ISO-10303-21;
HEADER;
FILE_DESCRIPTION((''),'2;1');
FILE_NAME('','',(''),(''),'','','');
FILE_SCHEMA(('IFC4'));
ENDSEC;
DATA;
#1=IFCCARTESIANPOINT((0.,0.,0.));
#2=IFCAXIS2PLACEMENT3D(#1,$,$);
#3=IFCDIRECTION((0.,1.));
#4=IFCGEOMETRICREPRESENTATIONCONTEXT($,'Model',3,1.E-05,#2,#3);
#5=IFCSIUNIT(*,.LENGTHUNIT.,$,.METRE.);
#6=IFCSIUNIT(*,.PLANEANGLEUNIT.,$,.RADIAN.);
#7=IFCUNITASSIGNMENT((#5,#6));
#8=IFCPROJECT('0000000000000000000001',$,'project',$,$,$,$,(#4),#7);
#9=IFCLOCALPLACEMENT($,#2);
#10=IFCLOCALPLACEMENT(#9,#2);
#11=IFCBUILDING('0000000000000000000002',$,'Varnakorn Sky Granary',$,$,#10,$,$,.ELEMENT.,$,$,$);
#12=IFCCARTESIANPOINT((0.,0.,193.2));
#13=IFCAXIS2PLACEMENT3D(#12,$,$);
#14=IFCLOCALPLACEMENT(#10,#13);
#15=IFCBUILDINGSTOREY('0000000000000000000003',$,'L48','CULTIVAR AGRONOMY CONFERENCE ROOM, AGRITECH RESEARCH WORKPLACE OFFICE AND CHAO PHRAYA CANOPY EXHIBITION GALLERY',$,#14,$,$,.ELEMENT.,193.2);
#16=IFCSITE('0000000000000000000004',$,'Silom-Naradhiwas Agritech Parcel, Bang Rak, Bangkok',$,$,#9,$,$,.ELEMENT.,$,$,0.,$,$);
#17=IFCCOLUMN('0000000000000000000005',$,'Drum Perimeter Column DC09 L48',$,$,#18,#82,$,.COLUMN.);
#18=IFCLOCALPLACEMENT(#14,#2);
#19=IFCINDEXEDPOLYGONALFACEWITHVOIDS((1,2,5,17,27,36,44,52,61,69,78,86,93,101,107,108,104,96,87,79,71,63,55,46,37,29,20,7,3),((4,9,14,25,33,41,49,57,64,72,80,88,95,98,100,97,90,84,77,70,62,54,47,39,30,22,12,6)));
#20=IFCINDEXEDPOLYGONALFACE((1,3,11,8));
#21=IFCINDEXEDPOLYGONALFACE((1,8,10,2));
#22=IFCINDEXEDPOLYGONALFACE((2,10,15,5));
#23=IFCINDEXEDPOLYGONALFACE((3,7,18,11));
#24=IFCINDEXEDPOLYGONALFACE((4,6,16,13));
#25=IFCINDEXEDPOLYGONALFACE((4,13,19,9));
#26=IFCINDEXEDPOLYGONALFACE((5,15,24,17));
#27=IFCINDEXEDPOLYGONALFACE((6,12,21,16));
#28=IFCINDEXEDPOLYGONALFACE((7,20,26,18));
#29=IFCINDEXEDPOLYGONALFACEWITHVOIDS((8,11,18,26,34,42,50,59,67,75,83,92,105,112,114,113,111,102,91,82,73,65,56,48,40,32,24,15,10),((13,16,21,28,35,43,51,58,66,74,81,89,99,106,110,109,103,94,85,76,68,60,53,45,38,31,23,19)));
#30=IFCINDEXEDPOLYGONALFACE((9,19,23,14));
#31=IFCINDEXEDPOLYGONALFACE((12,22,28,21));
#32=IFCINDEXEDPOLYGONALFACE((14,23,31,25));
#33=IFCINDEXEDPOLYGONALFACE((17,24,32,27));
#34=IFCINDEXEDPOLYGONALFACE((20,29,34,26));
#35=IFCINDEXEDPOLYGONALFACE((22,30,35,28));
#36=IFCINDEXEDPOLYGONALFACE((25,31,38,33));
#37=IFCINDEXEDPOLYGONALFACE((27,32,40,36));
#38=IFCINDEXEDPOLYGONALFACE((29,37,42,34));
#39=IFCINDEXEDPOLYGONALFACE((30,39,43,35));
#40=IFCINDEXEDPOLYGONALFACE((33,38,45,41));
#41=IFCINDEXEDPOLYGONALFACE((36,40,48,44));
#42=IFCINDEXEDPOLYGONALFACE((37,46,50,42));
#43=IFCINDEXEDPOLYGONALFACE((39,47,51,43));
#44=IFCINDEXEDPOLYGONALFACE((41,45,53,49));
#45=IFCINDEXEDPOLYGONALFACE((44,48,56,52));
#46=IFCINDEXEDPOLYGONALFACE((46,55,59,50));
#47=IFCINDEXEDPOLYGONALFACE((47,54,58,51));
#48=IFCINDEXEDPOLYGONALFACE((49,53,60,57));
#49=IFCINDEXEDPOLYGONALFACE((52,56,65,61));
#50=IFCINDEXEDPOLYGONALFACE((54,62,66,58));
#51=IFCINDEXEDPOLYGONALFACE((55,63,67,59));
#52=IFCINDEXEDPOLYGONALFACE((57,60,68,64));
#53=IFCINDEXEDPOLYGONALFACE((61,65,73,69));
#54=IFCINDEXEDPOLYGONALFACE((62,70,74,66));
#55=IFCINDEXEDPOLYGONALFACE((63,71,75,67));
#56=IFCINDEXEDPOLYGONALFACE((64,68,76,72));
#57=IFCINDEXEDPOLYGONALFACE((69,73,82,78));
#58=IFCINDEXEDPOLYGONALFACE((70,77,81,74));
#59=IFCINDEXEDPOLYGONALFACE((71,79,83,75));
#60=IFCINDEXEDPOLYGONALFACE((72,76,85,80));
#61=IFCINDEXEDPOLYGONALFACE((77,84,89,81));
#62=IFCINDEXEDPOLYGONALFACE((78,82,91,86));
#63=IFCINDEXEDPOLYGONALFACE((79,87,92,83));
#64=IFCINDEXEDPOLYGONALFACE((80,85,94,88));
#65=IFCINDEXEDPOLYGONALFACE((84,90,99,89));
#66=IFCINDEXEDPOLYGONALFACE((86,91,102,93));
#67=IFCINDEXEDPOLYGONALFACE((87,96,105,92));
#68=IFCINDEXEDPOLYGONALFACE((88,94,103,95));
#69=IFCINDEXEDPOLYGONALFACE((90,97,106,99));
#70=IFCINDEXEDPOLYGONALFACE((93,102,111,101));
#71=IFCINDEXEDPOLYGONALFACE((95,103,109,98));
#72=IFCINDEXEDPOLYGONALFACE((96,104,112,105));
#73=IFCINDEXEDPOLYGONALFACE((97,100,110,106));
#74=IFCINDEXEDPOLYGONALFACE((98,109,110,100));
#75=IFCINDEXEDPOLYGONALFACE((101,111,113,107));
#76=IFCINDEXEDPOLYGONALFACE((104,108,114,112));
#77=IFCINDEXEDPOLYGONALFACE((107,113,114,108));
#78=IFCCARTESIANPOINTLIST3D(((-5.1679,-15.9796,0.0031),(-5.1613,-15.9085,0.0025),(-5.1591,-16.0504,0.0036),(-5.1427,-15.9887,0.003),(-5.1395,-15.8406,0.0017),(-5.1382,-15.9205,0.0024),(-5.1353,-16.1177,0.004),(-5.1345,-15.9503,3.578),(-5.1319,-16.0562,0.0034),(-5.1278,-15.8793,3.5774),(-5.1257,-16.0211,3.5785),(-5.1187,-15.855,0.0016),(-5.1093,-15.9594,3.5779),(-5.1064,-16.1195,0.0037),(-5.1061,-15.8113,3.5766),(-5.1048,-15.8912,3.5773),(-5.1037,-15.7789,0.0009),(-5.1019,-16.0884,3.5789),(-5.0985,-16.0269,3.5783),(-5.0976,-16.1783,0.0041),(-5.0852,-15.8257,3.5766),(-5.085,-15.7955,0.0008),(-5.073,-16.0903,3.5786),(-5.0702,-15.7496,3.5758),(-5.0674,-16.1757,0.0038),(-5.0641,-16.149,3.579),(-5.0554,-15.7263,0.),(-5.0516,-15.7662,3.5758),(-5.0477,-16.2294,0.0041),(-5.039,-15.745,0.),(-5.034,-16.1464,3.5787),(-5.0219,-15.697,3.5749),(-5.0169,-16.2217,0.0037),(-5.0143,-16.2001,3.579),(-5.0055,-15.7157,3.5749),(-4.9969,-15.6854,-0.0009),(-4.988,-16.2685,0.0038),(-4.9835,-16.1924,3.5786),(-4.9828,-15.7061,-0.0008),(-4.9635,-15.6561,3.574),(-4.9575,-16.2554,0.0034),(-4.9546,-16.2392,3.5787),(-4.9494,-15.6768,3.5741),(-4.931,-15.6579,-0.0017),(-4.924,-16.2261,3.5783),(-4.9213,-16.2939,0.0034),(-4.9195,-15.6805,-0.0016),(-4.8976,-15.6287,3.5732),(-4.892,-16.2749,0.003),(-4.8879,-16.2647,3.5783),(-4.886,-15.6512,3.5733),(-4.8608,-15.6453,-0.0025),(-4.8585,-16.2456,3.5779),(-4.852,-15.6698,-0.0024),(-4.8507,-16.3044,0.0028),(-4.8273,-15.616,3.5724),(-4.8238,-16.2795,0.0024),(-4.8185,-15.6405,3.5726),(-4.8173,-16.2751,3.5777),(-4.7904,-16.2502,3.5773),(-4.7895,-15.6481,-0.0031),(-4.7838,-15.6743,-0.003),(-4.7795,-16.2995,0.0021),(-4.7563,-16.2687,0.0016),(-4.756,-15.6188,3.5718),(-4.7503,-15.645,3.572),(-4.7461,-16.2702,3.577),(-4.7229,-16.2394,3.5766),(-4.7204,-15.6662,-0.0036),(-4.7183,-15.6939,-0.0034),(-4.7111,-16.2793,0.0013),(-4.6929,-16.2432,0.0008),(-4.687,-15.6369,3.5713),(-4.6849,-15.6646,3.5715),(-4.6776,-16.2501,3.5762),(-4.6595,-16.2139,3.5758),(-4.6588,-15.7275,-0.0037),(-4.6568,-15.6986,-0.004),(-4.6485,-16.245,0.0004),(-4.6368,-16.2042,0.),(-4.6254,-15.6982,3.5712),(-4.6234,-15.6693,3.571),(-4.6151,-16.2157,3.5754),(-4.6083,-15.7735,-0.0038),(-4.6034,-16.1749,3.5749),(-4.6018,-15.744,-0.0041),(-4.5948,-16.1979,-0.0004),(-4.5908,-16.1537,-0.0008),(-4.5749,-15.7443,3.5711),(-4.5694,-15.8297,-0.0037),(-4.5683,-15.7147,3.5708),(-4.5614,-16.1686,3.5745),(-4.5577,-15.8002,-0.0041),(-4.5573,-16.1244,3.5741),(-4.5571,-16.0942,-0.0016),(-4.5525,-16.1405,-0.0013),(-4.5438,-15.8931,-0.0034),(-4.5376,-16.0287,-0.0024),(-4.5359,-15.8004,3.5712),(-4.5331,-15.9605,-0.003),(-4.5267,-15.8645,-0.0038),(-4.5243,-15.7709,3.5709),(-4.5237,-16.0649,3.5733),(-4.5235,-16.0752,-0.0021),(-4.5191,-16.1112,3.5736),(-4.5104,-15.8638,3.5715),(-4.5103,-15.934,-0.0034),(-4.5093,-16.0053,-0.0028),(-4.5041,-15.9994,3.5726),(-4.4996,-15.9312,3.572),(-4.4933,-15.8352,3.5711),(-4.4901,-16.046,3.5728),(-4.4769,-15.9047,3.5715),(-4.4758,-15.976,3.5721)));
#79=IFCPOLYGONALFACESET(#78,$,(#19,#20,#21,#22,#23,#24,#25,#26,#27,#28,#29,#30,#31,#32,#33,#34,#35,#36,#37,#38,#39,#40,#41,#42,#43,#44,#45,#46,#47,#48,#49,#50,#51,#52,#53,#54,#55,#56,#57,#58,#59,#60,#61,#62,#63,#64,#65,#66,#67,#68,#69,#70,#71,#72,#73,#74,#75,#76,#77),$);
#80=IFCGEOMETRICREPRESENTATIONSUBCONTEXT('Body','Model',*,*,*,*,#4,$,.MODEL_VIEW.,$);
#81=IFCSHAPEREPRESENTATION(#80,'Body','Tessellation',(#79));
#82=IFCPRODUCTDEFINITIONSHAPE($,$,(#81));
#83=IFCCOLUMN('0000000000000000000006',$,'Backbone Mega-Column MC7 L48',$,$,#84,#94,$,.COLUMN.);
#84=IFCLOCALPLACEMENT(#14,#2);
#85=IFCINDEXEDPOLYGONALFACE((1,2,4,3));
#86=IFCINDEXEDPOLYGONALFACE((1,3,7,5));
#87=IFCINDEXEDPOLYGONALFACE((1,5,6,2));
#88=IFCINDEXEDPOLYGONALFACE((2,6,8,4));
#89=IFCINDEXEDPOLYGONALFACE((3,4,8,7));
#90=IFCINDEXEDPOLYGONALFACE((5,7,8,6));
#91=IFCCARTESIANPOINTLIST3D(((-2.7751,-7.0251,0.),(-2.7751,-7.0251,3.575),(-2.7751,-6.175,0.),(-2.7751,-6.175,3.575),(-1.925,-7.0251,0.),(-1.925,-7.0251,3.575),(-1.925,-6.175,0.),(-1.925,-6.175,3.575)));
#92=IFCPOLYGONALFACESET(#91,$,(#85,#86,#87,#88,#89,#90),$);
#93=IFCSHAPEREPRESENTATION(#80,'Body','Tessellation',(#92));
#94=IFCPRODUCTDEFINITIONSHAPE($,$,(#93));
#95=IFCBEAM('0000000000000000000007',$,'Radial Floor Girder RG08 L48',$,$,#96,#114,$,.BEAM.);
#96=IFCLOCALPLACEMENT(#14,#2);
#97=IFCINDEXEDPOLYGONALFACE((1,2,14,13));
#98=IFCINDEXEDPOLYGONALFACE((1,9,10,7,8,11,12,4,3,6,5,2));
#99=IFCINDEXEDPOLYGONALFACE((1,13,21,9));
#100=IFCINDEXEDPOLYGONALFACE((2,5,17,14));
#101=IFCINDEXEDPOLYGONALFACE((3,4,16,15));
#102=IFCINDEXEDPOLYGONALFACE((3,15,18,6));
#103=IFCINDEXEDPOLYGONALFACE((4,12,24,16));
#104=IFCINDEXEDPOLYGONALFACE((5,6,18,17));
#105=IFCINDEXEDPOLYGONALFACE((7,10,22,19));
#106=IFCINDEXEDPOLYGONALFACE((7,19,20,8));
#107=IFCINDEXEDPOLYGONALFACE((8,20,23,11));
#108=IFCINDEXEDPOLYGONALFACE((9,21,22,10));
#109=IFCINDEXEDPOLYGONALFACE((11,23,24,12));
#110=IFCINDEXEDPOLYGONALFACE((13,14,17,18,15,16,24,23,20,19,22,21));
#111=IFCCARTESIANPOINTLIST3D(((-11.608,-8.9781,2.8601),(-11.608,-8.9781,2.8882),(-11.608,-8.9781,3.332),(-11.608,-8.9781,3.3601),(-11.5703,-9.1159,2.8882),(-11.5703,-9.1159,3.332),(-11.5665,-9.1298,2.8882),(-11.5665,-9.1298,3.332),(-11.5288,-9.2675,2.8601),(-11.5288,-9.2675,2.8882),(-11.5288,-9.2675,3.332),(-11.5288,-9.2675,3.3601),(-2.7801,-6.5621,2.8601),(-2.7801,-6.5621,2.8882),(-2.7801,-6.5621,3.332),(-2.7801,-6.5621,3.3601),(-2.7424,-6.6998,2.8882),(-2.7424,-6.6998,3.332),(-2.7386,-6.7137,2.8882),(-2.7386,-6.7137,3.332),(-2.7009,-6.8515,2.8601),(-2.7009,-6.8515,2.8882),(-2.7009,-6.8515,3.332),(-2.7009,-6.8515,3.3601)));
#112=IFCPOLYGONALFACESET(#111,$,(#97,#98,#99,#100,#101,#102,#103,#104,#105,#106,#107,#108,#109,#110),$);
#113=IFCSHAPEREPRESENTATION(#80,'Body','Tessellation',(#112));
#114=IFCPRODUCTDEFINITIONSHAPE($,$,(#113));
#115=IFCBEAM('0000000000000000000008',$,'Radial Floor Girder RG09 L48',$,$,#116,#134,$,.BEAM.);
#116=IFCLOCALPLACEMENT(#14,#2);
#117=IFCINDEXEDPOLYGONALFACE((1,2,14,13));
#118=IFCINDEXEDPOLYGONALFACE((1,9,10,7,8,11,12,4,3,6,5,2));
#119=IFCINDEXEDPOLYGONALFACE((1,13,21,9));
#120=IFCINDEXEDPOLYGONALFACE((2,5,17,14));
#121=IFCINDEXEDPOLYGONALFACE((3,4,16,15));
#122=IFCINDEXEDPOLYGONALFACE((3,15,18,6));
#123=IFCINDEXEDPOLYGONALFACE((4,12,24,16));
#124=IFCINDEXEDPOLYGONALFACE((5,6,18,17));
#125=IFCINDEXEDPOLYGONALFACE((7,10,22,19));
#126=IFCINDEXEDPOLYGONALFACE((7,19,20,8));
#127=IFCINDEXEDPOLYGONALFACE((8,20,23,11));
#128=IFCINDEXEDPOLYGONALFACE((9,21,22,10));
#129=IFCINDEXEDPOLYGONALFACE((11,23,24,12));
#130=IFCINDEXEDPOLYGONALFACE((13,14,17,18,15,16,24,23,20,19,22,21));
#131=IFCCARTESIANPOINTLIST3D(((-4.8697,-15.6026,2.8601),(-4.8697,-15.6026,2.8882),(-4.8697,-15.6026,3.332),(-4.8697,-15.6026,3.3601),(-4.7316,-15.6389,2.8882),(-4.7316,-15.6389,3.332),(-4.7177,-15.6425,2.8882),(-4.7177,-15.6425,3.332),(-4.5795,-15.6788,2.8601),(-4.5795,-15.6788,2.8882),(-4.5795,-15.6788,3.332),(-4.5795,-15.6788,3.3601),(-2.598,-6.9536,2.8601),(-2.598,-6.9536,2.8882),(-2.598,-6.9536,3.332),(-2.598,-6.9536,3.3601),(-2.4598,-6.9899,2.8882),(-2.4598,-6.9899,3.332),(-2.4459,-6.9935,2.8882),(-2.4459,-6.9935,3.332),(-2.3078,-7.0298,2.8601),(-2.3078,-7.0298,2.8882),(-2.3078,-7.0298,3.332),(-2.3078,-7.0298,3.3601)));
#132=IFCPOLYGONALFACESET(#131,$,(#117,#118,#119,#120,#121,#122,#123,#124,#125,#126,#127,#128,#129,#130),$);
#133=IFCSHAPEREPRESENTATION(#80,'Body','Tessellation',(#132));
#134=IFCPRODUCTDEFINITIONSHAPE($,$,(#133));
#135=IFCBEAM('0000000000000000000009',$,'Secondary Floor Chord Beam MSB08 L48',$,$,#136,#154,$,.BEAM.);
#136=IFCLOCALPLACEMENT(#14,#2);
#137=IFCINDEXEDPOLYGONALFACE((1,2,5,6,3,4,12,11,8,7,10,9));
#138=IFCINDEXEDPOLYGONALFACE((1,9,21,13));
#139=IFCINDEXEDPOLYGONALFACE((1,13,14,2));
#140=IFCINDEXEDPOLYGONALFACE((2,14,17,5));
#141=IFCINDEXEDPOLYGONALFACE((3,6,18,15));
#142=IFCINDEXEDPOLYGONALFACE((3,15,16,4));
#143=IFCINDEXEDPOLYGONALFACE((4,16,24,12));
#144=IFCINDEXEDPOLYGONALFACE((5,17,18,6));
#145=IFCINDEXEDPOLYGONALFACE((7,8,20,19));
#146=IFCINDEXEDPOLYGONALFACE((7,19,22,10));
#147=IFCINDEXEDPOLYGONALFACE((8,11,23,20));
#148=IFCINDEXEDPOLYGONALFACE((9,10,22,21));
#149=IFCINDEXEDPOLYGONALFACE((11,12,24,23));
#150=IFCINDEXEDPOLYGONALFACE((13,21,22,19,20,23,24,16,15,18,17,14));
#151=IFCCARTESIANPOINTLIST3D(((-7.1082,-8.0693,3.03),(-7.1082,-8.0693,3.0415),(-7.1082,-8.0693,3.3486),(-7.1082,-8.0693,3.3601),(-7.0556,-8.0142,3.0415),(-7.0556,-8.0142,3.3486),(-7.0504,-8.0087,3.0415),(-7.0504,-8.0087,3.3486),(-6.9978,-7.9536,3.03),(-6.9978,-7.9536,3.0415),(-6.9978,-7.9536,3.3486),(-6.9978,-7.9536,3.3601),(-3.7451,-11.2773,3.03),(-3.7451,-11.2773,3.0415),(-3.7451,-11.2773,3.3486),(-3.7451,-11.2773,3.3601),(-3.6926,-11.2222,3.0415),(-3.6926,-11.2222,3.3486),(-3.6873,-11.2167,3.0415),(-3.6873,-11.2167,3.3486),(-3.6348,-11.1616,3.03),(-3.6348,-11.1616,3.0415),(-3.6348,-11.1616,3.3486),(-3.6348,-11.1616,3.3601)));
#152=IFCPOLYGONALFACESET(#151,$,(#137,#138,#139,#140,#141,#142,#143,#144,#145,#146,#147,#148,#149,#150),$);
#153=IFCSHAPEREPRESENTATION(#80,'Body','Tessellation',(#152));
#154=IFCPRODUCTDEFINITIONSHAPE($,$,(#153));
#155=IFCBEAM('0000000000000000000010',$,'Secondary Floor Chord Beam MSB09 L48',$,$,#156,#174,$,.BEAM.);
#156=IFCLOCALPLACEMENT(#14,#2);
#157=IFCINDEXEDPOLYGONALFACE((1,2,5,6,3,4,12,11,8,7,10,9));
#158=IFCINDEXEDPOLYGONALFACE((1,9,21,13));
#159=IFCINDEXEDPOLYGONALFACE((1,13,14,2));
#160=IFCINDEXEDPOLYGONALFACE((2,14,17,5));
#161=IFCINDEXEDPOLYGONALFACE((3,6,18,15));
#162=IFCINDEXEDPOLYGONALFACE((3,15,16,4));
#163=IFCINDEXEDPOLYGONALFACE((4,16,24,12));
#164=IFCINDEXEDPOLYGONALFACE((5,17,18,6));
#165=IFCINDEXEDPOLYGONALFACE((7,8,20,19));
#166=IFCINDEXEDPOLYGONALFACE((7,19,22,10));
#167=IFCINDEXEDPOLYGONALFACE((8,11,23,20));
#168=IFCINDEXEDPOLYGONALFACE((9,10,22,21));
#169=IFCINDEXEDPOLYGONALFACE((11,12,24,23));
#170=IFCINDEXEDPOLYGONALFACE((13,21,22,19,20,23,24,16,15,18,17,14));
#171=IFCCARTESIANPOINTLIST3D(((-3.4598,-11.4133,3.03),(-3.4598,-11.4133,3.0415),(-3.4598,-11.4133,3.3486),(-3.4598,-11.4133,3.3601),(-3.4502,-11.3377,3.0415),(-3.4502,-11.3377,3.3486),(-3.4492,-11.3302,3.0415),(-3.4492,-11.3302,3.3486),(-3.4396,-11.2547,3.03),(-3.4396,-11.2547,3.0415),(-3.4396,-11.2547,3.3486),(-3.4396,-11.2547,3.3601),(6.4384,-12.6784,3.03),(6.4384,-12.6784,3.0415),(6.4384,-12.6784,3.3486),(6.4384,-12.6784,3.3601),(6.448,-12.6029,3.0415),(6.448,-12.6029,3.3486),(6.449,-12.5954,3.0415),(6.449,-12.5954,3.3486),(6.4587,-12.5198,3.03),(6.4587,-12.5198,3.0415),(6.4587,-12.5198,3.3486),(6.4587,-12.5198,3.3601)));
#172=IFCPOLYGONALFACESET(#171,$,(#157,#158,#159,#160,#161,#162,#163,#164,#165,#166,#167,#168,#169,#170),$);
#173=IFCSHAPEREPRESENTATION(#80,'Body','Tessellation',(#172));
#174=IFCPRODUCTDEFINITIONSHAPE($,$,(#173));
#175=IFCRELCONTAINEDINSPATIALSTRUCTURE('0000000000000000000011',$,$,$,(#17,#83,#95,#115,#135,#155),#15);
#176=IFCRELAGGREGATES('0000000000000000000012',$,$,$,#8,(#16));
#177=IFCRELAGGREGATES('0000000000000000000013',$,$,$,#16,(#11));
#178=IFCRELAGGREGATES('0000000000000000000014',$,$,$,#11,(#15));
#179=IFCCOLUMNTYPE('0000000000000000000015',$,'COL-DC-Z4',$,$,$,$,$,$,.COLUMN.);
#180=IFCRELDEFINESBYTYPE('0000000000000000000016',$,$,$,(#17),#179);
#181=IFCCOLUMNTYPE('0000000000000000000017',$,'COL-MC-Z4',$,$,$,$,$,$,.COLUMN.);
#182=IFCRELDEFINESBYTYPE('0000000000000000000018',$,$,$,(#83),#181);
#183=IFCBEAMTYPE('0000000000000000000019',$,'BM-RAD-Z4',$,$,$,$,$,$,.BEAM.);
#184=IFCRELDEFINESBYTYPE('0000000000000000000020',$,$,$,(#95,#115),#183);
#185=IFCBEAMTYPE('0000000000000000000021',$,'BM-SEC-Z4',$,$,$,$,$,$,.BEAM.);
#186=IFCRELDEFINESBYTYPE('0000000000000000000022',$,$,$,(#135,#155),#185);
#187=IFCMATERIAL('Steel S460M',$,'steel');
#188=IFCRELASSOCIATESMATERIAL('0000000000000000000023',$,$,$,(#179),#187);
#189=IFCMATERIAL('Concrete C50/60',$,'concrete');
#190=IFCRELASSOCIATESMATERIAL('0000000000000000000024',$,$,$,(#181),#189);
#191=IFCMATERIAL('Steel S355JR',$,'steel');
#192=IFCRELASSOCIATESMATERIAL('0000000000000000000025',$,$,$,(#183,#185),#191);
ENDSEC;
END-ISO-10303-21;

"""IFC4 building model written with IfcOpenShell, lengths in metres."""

from ifc_helpers import new_model, si_unit, direction, frame, origin, origin_2d, place, context, subcontext, project, spatial, rectangle, hollow_circle, i_section, extrude, material, material_profile, profile_set, type_object, element, save


model = new_model("IFC4")

# Units and contexts
model_context = context("Model", 3, precision=1e-05, world=origin(), true_north=direction((0.0, 1.0)))
body_context = subcontext(model_context, "Body", "Model", "MODEL_VIEW")
ifc_project = project(units=[si_unit("LENGTHUNIT", "METRE"), si_unit("PLANEANGLEUNIT", "RADIAN")], contexts=[model_context])

# Site, building, storey
site_placement = place(None, origin())
site = spatial("IfcSite", under=ifc_project, at=site_placement, Name="Silom-Naradhiwas Agritech Parcel, Bang Rak, Bangkok", CompositionType="ELEMENT", RefElevation=0.0)
building_placement = place(site_placement, origin())
building = spatial("IfcBuilding", under=site, at=building_placement, Name="Varnakorn Sky Granary", CompositionType="ELEMENT")
storey_placement = place(building_placement, frame((0.0, 0.0, 193.2)))
storey = spatial("IfcBuildingStorey", under=building, at=storey_placement, Name="L48", Description="CULTIVAR AGRONOMY CONFERENCE ROOM, AGRITECH RESEARCH WORKPLACE OFFICE AND CHAO PHRAYA CANOPY EXHIBITION GALLERY", CompositionType="ELEMENT", Elevation=193.2)

# Columns
ifc_material_1 = material(Name="Steel S460M", Category="steel")
ifc_material_profile_1 = material_profile(ifc_material_1, hollow_circle(Radius=0.3301, WallThickness=0.0249, at=origin_2d()), Name="CHS 660x25")
ifc_profile_set_1 = profile_set([ifc_material_profile_1], Name="Steel S460M")
column_type_1 = type_object("IfcColumnType", Name="COL-DC-Z4", PredefinedType="COLUMN", material=ifc_profile_set_1)
column_1_placement = place(storey_placement, frame((-4.8379, -15.9746, 0.0), z_axis=(0.009355, 0.008194, 0.999923), x_axis=(-0.658893, 0.752236, 0.0)))
element("IfcColumn", 1, at=column_1_placement, inside=storey, type_object=column_type_1, Name="Drum Perimeter Column DC09 L48", PredefinedType="COLUMN", context=body_context, shape_type="SweptSolid", body=[
    extrude(hollow_circle(Radius=0.3301, WallThickness=0.0249, at=origin_2d()), origin(), (0.0, 0.0, 1.0), 3.5752),
])
ifc_material_2 = material(Name="Concrete C50/60", Category="concrete")
ifc_material_profile_2 = material_profile(ifc_material_2, rectangle(XDim=0.8501, YDim=0.8501, at=origin_2d()), Name="RC 850x850")
ifc_profile_set_2 = profile_set([ifc_material_profile_2], Name="Concrete C50/60")
column_type_2 = type_object("IfcColumnType", Name="COL-MC-Z4", PredefinedType="COLUMN", material=ifc_profile_set_2)
column_2_placement = place(storey_placement, frame((-2.3501, -6.6001, 0.0), z_axis=(0.0, 0.0, 1.0), x_axis=(1.0, 0.0, 0.0)))
element("IfcColumn", 2, at=column_2_placement, inside=storey, type_object=column_type_2, Name="Backbone Mega-Column MC7 L48", PredefinedType="COLUMN", context=body_context, shape_type="SweptSolid", body=[
    extrude(rectangle(XDim=0.8501, YDim=0.8501, at=origin_2d()), origin(), (0.0, 0.0, 1.0), 3.575),
])

# Beams
ifc_material_3 = material(Name="Steel S355JR", Category="steel")
ifc_material_profile_3 = material_profile(ifc_material_3, i_section(OverallWidth=0.3, OverallDepth=0.5, WebThickness=0.0144, FlangeThickness=0.0281, at=origin_2d()), Name="HE 500 B")
ifc_profile_set_3 = profile_set([ifc_material_profile_3], Name="Steel S355JR")
beam_type_1 = type_object("IfcBeamType", Name="BM-RAD-Z4", PredefinedType="BEAM", material=ifc_profile_set_3)
beam_1_placement = place(storey_placement, frame((-2.7405, -6.7068, 3.1101), z_axis=(-0.96453, -0.263973, 0.0), x_axis=(0.263973, -0.96453, 0.0)))
element("IfcBeam", 3, at=beam_1_placement, inside=storey, type_object=beam_type_1, Name="Radial Floor Girder RG08 L48", PredefinedType="BEAM", context=body_context, shape_type="SweptSolid", body=[
    extrude(i_section(OverallWidth=0.3, OverallDepth=0.5, WebThickness=0.0144, FlangeThickness=0.0281, at=origin_2d()), origin(), (0.0, 0.0, 1.0), 9.1526),
])
beam_2_placement = place(storey_placement, frame((-2.4529, -6.9917, 3.1101), z_axis=(-0.254043, -0.967193, 0.0), x_axis=(0.967193, -0.254043, 0.0)))
element("IfcBeam", 4, at=beam_2_placement, inside=storey, type_object=beam_type_1, Name="Radial Floor Girder RG09 L48", PredefinedType="BEAM", context=body_context, shape_type="SweptSolid", body=[
    extrude(i_section(OverallWidth=0.3, OverallDepth=0.5, WebThickness=0.0144, FlangeThickness=0.0281, at=origin_2d()), origin(), (0.0, 0.0, 1.0), 8.9424),
])
ifc_material_profile_4 = material_profile(ifc_material_3, i_section(OverallWidth=0.1599, OverallDepth=0.3301, WebThickness=0.0076, FlangeThickness=0.0115, at=origin_2d()), Name="IPE 330")
ifc_profile_set_4 = profile_set([ifc_material_profile_4], Name="Steel S355JR")
beam_type_2 = type_object("IfcBeamType", Name="BM-SEC-Z4", PredefinedType="BEAM", material=ifc_profile_set_4)
beam_3_placement = place(storey_placement, frame((-7.053, -8.0115, 3.1951), z_axis=(0.723588, -0.690232, 0.0), x_axis=(0.690232, 0.723588, 0.0)))
element("IfcBeam", 5, at=beam_3_placement, inside=storey, type_object=beam_type_2, Name="Secondary Floor Chord Beam MSB08 L48", PredefinedType="BEAM", context=body_context, shape_type="SweptSolid", body=[
    extrude(i_section(OverallWidth=0.1599, OverallDepth=0.3301, WebThickness=0.0076, FlangeThickness=0.0115, at=origin_2d()), origin(), (0.0, 0.0, 1.0), 4.6477),
])
beam_4_placement = place(storey_placement, frame((-3.4497, -11.334, 3.1951), z_axis=(0.99193, -0.126783, 0.0), x_axis=(0.126783, 0.99193, 0.0)))
element("IfcBeam", 6, at=beam_4_placement, inside=storey, type_object=beam_type_2, Name="Secondary Floor Chord Beam MSB09 L48", PredefinedType="BEAM", context=body_context, shape_type="SweptSolid", body=[
    extrude(i_section(OverallWidth=0.1599, OverallDepth=0.3301, WebThickness=0.0076, FlangeThickness=0.0115, at=origin_2d()), origin(), (0.0, 0.0, 1.0), 9.9788),
])

save(model, "model.ifc")
